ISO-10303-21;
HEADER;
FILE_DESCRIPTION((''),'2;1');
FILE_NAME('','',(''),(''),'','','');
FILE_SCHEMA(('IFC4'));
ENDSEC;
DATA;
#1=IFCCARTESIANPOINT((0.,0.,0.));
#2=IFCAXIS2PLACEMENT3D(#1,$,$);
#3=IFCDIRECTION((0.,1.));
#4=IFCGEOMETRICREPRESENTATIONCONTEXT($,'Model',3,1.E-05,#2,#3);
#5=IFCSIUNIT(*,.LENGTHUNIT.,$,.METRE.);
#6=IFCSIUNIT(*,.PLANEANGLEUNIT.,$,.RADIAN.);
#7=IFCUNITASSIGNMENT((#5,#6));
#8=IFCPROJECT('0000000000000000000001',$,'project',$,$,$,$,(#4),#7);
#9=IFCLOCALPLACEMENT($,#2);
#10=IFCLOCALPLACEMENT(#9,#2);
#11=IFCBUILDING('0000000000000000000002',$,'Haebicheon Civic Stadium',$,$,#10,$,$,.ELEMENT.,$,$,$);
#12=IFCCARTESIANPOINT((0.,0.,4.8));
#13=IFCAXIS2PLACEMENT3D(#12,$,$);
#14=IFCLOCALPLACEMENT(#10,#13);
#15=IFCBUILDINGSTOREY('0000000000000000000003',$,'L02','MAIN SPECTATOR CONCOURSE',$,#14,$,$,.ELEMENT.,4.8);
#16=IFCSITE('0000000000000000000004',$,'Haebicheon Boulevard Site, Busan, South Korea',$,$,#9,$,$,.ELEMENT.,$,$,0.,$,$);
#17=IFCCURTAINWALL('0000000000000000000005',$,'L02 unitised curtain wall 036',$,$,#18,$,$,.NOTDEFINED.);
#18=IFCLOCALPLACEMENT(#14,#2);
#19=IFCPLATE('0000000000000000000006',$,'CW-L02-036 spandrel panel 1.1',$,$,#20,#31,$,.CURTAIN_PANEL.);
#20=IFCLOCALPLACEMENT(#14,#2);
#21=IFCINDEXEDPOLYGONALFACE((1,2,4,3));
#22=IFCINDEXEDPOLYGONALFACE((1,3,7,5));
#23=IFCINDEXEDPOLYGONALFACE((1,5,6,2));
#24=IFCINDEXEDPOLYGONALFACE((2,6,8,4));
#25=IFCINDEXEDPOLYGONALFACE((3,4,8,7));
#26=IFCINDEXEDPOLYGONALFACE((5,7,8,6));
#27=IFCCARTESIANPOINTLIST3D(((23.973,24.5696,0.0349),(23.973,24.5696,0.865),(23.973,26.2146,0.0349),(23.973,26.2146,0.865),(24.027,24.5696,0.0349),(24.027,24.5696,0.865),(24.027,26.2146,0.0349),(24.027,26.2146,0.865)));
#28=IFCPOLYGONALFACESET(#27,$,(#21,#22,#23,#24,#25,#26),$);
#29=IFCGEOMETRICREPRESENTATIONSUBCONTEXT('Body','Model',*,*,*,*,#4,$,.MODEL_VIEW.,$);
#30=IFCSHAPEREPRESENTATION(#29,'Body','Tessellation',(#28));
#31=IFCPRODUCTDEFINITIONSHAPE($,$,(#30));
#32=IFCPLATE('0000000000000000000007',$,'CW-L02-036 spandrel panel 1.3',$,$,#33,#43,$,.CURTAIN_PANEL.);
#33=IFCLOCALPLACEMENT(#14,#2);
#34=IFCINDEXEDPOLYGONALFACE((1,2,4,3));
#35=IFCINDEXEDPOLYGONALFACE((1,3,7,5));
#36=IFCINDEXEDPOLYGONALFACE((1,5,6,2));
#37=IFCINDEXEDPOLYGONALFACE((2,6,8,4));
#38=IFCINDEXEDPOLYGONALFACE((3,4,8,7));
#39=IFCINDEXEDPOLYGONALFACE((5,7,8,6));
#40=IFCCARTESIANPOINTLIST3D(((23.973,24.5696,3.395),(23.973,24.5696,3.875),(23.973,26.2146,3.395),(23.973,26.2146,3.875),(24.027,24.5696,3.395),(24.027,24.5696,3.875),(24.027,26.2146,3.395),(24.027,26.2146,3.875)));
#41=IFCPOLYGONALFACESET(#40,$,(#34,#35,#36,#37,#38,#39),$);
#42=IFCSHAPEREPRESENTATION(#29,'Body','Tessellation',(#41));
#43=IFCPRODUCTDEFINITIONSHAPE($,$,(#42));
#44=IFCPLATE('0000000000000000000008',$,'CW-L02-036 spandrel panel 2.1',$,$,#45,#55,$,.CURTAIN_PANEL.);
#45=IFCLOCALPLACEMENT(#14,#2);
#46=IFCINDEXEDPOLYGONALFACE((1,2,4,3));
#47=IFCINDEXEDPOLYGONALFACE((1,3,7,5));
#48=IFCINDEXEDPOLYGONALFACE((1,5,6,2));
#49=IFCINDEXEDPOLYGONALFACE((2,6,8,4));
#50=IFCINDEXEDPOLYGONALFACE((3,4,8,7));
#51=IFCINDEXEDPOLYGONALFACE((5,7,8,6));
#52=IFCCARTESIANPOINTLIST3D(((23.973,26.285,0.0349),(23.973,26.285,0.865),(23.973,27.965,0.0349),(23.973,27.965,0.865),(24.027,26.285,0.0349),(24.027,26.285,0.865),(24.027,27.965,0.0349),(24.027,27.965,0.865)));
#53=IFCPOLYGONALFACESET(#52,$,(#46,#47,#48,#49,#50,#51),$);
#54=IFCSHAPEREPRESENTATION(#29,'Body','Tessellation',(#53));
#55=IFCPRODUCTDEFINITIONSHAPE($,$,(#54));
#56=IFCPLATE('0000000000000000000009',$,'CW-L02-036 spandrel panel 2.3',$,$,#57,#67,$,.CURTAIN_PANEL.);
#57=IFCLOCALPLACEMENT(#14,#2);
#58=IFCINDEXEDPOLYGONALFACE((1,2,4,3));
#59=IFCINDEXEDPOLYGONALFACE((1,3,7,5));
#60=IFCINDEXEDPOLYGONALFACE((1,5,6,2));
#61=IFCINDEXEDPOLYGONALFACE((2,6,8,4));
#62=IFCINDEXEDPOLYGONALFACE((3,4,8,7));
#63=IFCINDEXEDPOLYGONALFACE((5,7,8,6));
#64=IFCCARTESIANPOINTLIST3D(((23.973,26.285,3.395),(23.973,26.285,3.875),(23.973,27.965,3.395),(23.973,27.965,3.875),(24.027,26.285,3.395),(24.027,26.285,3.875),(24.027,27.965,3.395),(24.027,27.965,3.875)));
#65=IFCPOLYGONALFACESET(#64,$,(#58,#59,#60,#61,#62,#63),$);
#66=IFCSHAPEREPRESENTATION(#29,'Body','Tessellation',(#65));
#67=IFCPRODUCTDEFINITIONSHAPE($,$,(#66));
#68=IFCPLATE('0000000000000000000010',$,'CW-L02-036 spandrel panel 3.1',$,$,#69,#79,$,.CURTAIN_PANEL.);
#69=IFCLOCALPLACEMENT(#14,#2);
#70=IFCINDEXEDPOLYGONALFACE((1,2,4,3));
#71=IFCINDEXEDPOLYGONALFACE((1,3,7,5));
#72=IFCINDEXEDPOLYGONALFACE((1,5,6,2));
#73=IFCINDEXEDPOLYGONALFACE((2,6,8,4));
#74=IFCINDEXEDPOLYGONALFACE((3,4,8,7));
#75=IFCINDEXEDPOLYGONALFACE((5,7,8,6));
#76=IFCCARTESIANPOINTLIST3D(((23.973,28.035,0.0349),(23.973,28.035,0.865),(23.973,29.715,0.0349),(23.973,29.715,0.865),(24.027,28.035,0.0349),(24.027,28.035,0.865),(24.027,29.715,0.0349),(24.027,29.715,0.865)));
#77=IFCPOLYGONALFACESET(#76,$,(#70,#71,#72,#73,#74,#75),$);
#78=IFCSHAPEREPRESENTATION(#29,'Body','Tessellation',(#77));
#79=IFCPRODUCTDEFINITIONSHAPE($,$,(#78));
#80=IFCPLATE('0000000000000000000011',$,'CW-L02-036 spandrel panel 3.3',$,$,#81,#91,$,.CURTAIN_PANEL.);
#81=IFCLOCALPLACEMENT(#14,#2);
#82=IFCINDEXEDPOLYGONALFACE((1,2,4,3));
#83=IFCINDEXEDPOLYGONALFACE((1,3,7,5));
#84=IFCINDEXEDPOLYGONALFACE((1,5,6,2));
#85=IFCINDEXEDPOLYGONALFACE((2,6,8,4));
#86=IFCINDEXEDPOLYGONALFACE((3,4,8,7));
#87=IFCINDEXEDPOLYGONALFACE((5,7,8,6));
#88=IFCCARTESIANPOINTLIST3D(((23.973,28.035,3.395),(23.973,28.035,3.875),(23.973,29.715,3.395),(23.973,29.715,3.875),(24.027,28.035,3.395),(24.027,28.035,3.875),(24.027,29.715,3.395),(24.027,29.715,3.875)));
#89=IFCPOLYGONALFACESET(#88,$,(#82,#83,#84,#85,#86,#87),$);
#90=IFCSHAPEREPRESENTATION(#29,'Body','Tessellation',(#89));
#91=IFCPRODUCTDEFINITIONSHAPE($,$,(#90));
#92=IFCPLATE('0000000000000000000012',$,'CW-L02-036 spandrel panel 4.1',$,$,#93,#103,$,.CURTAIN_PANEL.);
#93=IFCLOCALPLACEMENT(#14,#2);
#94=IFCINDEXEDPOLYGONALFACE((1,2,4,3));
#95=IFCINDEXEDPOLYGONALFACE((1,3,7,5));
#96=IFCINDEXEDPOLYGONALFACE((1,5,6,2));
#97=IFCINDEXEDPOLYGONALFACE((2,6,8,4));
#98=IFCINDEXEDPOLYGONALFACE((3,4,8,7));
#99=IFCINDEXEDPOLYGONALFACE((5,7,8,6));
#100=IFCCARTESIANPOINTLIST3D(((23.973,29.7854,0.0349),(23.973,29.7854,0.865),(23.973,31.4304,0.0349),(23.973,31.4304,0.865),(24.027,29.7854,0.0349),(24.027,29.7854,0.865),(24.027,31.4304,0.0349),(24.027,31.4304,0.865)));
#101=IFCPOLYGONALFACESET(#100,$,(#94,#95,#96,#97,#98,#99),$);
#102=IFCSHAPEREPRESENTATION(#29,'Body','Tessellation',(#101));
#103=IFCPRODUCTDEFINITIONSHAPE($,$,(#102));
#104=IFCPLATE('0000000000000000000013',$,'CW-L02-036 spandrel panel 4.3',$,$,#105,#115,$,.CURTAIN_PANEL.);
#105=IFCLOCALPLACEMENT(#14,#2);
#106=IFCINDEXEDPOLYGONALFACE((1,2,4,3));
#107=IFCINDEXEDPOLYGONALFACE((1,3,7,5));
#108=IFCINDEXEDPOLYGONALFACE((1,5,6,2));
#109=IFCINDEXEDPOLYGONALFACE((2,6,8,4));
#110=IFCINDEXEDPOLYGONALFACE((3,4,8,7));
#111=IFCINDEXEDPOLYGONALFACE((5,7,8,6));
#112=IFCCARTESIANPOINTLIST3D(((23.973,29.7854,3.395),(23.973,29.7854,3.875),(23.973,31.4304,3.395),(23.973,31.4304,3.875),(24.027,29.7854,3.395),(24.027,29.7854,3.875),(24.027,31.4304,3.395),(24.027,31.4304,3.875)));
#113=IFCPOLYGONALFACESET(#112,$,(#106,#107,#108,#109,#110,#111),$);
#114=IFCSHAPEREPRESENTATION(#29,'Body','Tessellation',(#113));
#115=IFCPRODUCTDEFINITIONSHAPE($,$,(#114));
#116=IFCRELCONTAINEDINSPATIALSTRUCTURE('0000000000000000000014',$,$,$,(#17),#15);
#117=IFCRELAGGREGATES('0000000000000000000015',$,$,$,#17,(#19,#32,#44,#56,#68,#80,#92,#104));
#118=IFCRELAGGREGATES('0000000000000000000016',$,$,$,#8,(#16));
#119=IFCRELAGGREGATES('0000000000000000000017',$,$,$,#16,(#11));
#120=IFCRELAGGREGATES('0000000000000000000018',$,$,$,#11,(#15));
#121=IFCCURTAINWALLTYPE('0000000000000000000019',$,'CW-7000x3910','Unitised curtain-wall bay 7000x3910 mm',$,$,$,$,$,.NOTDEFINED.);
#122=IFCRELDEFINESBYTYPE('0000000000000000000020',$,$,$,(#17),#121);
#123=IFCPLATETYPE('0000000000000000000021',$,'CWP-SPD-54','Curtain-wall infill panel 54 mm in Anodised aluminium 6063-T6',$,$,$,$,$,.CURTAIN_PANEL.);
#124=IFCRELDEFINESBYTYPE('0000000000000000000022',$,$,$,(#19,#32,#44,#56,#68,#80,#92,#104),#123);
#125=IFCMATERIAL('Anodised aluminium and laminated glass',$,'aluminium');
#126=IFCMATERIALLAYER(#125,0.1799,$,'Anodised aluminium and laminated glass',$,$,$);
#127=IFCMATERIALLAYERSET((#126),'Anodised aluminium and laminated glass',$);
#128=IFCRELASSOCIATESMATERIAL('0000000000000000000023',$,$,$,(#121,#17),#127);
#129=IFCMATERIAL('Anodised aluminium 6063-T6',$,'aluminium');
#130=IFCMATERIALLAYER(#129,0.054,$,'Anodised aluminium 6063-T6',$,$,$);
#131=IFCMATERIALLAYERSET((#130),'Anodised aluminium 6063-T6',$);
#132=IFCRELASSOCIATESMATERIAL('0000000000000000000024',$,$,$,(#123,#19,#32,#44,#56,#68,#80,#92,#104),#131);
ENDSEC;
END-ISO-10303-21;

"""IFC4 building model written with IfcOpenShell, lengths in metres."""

from ifc_helpers import new_model, si_unit, direction, frame, origin, origin_2d, place, context, subcontext, project, spatial, rectangle, extrude, material, layer, layer_set, type_object, element, aggregate, save


model = new_model("IFC4")

# Units and contexts
model_context = context("Model", 3, precision=1e-05, world=origin(), true_north=direction((0.0, 1.0)))
body_context = subcontext(model_context, "Body", "Model", "MODEL_VIEW")
ifc_project = project(units=[si_unit("LENGTHUNIT", "METRE"), si_unit("PLANEANGLEUNIT", "RADIAN")], contexts=[model_context])

# Site, building, storey
site_placement = place(None, origin())
site = spatial("IfcSite", under=ifc_project, at=site_placement, Name="Haebicheon Boulevard Site, Busan, South Korea", CompositionType="ELEMENT", RefElevation=0.0)
building_placement = place(site_placement, origin())
building = spatial("IfcBuilding", under=site, at=building_placement, Name="Haebicheon Civic Stadium", CompositionType="ELEMENT")
storey_placement = place(building_placement, frame((0.0, 0.0, 4.8)))
storey = spatial("IfcBuildingStorey", under=building, at=storey_placement, Name="L02", Description="MAIN SPECTATOR CONCOURSE", CompositionType="ELEMENT", Elevation=4.8)

# Curtain wall
ifc_material_1 = material(Name="Anodised aluminium and laminated glass", Category="aluminium")
ifc_layer_1 = layer(ifc_material_1, 0.1799, Name="Anodised aluminium and laminated glass")
ifc_layer_set_1 = layer_set([ifc_layer_1], Name="Anodised aluminium and laminated glass")
curtain_wall_type = type_object("IfcCurtainWallType", Name="CW-7000x3910", Description="Unitised curtain-wall bay 7000x3910 mm", PredefinedType="NOTDEFINED", material=ifc_layer_set_1)
curtain_wall_placement = place(storey_placement, origin())
curtain_wall = element("IfcCurtainWall", 1, at=curtain_wall_placement, inside=storey, type_object=curtain_wall_type, material=ifc_layer_set_1, Name="L02 unitised curtain wall 036", PredefinedType="NOTDEFINED")

# Plates
ifc_material_2 = material(Name="Anodised aluminium 6063-T6", Category="aluminium")
ifc_layer_2 = layer(ifc_material_2, 0.054, Name="Anodised aluminium 6063-T6")
ifc_layer_set_2 = layer_set([ifc_layer_2], Name="Anodised aluminium 6063-T6")
plate_type_1 = type_object("IfcPlateType", Name="CWP-SPD-54", Description="Curtain-wall infill panel 54 mm in Anodised aluminium 6063-T6", PredefinedType="CURTAIN_PANEL", material=ifc_layer_set_2)
plate_1_placement = place(storey_placement, frame((24.0, 25.3921, 0.0349), z_axis=(0.0, 0.0, 1.0), x_axis=(0.0, 1.0, 0.0)))
plate_1 = element("IfcPlate", 2, at=plate_1_placement, type_object=plate_type_1, material=ifc_layer_set_2, Name="CW-L02-036 spandrel panel 1.1", PredefinedType="CURTAIN_PANEL", context=body_context, shape_type="SweptSolid", body=[
    extrude(rectangle(XDim=1.645, YDim=0.054, at=origin_2d()), origin(), (0.0, 0.0, 1.0), 0.8301),
])
plate_2_placement = place(storey_placement, frame((24.0, 25.3921, 3.395), z_axis=(0.0, 0.0, 1.0), x_axis=(0.0, 1.0, 0.0)))
plate_2 = element("IfcPlate", 3, at=plate_2_placement, type_object=plate_type_1, material=ifc_layer_set_2, Name="CW-L02-036 spandrel panel 1.3", PredefinedType="CURTAIN_PANEL", context=body_context, shape_type="SweptSolid", body=[
    extrude(rectangle(XDim=1.645, YDim=0.054, at=origin_2d()), origin(), (0.0, 0.0, 1.0), 0.48),
])
plate_3_placement = place(storey_placement, frame((24.0, 27.125, 0.0349), z_axis=(0.0, 0.0, 1.0), x_axis=(0.0, 1.0, 0.0)))
plate_3 = element("IfcPlate", 4, at=plate_3_placement, type_object=plate_type_1, material=ifc_layer_set_2, Name="CW-L02-036 spandrel panel 2.1", PredefinedType="CURTAIN_PANEL", context=body_context, shape_type="SweptSolid", body=[
    extrude(rectangle(XDim=1.6799, YDim=0.054, at=origin_2d()), origin(), (0.0, 0.0, 1.0), 0.8301),
])
plate_4_placement = place(storey_placement, frame((24.0, 27.125, 3.395), z_axis=(0.0, 0.0, 1.0), x_axis=(0.0, 1.0, 0.0)))
plate_4 = element("IfcPlate", 5, at=plate_4_placement, type_object=plate_type_1, material=ifc_layer_set_2, Name="CW-L02-036 spandrel panel 2.3", PredefinedType="CURTAIN_PANEL", context=body_context, shape_type="SweptSolid", body=[
    extrude(rectangle(XDim=1.6799, YDim=0.054, at=origin_2d()), origin(), (0.0, 0.0, 1.0), 0.48),
])
plate_5_placement = place(storey_placement, frame((24.0, 28.875, 0.0349), z_axis=(0.0, 0.0, 1.0), x_axis=(0.0, 1.0, 0.0)))
plate_5 = element("IfcPlate", 6, at=plate_5_placement, type_object=plate_type_1, material=ifc_layer_set_2, Name="CW-L02-036 spandrel panel 3.1", PredefinedType="CURTAIN_PANEL", context=body_context, shape_type="SweptSolid", body=[
    extrude(rectangle(XDim=1.6799, YDim=0.054, at=origin_2d()), origin(), (0.0, 0.0, 1.0), 0.8301),
])
plate_6_placement = place(storey_placement, frame((24.0, 28.875, 3.395), z_axis=(0.0, 0.0, 1.0), x_axis=(0.0, 1.0, 0.0)))
plate_6 = element("IfcPlate", 7, at=plate_6_placement, type_object=plate_type_1, material=ifc_layer_set_2, Name="CW-L02-036 spandrel panel 3.3", PredefinedType="CURTAIN_PANEL", context=body_context, shape_type="SweptSolid", body=[
    extrude(rectangle(XDim=1.6799, YDim=0.054, at=origin_2d()), origin(), (0.0, 0.0, 1.0), 0.48),
])
plate_7_placement = place(storey_placement, frame((24.0, 30.6079, 0.0349), z_axis=(0.0, 0.0, 1.0), x_axis=(0.0, 1.0, 0.0)))
plate_7 = element("IfcPlate", 8, at=plate_7_placement, type_object=plate_type_1, material=ifc_layer_set_2, Name="CW-L02-036 spandrel panel 4.1", PredefinedType="CURTAIN_PANEL", context=body_context, shape_type="SweptSolid", body=[
    extrude(rectangle(XDim=1.645, YDim=0.054, at=origin_2d()), origin(), (0.0, 0.0, 1.0), 0.8301),
])
plate_8_placement = place(storey_placement, frame((24.0, 30.6079, 3.395), z_axis=(0.0, 0.0, 1.0), x_axis=(0.0, 1.0, 0.0)))
plate_8 = element("IfcPlate", 9, at=plate_8_placement, type_object=plate_type_1, material=ifc_layer_set_2, Name="CW-L02-036 spandrel panel 4.3", PredefinedType="CURTAIN_PANEL", context=body_context, shape_type="SweptSolid", body=[
    extrude(rectangle(XDim=1.645, YDim=0.054, at=origin_2d()), origin(), (0.0, 0.0, 1.0), 0.48),
])
aggregate(curtain_wall, [plate_1, plate_2, plate_3, plate_4, plate_5, plate_6, plate_7, plate_8])

save(model, "model.ifc")
